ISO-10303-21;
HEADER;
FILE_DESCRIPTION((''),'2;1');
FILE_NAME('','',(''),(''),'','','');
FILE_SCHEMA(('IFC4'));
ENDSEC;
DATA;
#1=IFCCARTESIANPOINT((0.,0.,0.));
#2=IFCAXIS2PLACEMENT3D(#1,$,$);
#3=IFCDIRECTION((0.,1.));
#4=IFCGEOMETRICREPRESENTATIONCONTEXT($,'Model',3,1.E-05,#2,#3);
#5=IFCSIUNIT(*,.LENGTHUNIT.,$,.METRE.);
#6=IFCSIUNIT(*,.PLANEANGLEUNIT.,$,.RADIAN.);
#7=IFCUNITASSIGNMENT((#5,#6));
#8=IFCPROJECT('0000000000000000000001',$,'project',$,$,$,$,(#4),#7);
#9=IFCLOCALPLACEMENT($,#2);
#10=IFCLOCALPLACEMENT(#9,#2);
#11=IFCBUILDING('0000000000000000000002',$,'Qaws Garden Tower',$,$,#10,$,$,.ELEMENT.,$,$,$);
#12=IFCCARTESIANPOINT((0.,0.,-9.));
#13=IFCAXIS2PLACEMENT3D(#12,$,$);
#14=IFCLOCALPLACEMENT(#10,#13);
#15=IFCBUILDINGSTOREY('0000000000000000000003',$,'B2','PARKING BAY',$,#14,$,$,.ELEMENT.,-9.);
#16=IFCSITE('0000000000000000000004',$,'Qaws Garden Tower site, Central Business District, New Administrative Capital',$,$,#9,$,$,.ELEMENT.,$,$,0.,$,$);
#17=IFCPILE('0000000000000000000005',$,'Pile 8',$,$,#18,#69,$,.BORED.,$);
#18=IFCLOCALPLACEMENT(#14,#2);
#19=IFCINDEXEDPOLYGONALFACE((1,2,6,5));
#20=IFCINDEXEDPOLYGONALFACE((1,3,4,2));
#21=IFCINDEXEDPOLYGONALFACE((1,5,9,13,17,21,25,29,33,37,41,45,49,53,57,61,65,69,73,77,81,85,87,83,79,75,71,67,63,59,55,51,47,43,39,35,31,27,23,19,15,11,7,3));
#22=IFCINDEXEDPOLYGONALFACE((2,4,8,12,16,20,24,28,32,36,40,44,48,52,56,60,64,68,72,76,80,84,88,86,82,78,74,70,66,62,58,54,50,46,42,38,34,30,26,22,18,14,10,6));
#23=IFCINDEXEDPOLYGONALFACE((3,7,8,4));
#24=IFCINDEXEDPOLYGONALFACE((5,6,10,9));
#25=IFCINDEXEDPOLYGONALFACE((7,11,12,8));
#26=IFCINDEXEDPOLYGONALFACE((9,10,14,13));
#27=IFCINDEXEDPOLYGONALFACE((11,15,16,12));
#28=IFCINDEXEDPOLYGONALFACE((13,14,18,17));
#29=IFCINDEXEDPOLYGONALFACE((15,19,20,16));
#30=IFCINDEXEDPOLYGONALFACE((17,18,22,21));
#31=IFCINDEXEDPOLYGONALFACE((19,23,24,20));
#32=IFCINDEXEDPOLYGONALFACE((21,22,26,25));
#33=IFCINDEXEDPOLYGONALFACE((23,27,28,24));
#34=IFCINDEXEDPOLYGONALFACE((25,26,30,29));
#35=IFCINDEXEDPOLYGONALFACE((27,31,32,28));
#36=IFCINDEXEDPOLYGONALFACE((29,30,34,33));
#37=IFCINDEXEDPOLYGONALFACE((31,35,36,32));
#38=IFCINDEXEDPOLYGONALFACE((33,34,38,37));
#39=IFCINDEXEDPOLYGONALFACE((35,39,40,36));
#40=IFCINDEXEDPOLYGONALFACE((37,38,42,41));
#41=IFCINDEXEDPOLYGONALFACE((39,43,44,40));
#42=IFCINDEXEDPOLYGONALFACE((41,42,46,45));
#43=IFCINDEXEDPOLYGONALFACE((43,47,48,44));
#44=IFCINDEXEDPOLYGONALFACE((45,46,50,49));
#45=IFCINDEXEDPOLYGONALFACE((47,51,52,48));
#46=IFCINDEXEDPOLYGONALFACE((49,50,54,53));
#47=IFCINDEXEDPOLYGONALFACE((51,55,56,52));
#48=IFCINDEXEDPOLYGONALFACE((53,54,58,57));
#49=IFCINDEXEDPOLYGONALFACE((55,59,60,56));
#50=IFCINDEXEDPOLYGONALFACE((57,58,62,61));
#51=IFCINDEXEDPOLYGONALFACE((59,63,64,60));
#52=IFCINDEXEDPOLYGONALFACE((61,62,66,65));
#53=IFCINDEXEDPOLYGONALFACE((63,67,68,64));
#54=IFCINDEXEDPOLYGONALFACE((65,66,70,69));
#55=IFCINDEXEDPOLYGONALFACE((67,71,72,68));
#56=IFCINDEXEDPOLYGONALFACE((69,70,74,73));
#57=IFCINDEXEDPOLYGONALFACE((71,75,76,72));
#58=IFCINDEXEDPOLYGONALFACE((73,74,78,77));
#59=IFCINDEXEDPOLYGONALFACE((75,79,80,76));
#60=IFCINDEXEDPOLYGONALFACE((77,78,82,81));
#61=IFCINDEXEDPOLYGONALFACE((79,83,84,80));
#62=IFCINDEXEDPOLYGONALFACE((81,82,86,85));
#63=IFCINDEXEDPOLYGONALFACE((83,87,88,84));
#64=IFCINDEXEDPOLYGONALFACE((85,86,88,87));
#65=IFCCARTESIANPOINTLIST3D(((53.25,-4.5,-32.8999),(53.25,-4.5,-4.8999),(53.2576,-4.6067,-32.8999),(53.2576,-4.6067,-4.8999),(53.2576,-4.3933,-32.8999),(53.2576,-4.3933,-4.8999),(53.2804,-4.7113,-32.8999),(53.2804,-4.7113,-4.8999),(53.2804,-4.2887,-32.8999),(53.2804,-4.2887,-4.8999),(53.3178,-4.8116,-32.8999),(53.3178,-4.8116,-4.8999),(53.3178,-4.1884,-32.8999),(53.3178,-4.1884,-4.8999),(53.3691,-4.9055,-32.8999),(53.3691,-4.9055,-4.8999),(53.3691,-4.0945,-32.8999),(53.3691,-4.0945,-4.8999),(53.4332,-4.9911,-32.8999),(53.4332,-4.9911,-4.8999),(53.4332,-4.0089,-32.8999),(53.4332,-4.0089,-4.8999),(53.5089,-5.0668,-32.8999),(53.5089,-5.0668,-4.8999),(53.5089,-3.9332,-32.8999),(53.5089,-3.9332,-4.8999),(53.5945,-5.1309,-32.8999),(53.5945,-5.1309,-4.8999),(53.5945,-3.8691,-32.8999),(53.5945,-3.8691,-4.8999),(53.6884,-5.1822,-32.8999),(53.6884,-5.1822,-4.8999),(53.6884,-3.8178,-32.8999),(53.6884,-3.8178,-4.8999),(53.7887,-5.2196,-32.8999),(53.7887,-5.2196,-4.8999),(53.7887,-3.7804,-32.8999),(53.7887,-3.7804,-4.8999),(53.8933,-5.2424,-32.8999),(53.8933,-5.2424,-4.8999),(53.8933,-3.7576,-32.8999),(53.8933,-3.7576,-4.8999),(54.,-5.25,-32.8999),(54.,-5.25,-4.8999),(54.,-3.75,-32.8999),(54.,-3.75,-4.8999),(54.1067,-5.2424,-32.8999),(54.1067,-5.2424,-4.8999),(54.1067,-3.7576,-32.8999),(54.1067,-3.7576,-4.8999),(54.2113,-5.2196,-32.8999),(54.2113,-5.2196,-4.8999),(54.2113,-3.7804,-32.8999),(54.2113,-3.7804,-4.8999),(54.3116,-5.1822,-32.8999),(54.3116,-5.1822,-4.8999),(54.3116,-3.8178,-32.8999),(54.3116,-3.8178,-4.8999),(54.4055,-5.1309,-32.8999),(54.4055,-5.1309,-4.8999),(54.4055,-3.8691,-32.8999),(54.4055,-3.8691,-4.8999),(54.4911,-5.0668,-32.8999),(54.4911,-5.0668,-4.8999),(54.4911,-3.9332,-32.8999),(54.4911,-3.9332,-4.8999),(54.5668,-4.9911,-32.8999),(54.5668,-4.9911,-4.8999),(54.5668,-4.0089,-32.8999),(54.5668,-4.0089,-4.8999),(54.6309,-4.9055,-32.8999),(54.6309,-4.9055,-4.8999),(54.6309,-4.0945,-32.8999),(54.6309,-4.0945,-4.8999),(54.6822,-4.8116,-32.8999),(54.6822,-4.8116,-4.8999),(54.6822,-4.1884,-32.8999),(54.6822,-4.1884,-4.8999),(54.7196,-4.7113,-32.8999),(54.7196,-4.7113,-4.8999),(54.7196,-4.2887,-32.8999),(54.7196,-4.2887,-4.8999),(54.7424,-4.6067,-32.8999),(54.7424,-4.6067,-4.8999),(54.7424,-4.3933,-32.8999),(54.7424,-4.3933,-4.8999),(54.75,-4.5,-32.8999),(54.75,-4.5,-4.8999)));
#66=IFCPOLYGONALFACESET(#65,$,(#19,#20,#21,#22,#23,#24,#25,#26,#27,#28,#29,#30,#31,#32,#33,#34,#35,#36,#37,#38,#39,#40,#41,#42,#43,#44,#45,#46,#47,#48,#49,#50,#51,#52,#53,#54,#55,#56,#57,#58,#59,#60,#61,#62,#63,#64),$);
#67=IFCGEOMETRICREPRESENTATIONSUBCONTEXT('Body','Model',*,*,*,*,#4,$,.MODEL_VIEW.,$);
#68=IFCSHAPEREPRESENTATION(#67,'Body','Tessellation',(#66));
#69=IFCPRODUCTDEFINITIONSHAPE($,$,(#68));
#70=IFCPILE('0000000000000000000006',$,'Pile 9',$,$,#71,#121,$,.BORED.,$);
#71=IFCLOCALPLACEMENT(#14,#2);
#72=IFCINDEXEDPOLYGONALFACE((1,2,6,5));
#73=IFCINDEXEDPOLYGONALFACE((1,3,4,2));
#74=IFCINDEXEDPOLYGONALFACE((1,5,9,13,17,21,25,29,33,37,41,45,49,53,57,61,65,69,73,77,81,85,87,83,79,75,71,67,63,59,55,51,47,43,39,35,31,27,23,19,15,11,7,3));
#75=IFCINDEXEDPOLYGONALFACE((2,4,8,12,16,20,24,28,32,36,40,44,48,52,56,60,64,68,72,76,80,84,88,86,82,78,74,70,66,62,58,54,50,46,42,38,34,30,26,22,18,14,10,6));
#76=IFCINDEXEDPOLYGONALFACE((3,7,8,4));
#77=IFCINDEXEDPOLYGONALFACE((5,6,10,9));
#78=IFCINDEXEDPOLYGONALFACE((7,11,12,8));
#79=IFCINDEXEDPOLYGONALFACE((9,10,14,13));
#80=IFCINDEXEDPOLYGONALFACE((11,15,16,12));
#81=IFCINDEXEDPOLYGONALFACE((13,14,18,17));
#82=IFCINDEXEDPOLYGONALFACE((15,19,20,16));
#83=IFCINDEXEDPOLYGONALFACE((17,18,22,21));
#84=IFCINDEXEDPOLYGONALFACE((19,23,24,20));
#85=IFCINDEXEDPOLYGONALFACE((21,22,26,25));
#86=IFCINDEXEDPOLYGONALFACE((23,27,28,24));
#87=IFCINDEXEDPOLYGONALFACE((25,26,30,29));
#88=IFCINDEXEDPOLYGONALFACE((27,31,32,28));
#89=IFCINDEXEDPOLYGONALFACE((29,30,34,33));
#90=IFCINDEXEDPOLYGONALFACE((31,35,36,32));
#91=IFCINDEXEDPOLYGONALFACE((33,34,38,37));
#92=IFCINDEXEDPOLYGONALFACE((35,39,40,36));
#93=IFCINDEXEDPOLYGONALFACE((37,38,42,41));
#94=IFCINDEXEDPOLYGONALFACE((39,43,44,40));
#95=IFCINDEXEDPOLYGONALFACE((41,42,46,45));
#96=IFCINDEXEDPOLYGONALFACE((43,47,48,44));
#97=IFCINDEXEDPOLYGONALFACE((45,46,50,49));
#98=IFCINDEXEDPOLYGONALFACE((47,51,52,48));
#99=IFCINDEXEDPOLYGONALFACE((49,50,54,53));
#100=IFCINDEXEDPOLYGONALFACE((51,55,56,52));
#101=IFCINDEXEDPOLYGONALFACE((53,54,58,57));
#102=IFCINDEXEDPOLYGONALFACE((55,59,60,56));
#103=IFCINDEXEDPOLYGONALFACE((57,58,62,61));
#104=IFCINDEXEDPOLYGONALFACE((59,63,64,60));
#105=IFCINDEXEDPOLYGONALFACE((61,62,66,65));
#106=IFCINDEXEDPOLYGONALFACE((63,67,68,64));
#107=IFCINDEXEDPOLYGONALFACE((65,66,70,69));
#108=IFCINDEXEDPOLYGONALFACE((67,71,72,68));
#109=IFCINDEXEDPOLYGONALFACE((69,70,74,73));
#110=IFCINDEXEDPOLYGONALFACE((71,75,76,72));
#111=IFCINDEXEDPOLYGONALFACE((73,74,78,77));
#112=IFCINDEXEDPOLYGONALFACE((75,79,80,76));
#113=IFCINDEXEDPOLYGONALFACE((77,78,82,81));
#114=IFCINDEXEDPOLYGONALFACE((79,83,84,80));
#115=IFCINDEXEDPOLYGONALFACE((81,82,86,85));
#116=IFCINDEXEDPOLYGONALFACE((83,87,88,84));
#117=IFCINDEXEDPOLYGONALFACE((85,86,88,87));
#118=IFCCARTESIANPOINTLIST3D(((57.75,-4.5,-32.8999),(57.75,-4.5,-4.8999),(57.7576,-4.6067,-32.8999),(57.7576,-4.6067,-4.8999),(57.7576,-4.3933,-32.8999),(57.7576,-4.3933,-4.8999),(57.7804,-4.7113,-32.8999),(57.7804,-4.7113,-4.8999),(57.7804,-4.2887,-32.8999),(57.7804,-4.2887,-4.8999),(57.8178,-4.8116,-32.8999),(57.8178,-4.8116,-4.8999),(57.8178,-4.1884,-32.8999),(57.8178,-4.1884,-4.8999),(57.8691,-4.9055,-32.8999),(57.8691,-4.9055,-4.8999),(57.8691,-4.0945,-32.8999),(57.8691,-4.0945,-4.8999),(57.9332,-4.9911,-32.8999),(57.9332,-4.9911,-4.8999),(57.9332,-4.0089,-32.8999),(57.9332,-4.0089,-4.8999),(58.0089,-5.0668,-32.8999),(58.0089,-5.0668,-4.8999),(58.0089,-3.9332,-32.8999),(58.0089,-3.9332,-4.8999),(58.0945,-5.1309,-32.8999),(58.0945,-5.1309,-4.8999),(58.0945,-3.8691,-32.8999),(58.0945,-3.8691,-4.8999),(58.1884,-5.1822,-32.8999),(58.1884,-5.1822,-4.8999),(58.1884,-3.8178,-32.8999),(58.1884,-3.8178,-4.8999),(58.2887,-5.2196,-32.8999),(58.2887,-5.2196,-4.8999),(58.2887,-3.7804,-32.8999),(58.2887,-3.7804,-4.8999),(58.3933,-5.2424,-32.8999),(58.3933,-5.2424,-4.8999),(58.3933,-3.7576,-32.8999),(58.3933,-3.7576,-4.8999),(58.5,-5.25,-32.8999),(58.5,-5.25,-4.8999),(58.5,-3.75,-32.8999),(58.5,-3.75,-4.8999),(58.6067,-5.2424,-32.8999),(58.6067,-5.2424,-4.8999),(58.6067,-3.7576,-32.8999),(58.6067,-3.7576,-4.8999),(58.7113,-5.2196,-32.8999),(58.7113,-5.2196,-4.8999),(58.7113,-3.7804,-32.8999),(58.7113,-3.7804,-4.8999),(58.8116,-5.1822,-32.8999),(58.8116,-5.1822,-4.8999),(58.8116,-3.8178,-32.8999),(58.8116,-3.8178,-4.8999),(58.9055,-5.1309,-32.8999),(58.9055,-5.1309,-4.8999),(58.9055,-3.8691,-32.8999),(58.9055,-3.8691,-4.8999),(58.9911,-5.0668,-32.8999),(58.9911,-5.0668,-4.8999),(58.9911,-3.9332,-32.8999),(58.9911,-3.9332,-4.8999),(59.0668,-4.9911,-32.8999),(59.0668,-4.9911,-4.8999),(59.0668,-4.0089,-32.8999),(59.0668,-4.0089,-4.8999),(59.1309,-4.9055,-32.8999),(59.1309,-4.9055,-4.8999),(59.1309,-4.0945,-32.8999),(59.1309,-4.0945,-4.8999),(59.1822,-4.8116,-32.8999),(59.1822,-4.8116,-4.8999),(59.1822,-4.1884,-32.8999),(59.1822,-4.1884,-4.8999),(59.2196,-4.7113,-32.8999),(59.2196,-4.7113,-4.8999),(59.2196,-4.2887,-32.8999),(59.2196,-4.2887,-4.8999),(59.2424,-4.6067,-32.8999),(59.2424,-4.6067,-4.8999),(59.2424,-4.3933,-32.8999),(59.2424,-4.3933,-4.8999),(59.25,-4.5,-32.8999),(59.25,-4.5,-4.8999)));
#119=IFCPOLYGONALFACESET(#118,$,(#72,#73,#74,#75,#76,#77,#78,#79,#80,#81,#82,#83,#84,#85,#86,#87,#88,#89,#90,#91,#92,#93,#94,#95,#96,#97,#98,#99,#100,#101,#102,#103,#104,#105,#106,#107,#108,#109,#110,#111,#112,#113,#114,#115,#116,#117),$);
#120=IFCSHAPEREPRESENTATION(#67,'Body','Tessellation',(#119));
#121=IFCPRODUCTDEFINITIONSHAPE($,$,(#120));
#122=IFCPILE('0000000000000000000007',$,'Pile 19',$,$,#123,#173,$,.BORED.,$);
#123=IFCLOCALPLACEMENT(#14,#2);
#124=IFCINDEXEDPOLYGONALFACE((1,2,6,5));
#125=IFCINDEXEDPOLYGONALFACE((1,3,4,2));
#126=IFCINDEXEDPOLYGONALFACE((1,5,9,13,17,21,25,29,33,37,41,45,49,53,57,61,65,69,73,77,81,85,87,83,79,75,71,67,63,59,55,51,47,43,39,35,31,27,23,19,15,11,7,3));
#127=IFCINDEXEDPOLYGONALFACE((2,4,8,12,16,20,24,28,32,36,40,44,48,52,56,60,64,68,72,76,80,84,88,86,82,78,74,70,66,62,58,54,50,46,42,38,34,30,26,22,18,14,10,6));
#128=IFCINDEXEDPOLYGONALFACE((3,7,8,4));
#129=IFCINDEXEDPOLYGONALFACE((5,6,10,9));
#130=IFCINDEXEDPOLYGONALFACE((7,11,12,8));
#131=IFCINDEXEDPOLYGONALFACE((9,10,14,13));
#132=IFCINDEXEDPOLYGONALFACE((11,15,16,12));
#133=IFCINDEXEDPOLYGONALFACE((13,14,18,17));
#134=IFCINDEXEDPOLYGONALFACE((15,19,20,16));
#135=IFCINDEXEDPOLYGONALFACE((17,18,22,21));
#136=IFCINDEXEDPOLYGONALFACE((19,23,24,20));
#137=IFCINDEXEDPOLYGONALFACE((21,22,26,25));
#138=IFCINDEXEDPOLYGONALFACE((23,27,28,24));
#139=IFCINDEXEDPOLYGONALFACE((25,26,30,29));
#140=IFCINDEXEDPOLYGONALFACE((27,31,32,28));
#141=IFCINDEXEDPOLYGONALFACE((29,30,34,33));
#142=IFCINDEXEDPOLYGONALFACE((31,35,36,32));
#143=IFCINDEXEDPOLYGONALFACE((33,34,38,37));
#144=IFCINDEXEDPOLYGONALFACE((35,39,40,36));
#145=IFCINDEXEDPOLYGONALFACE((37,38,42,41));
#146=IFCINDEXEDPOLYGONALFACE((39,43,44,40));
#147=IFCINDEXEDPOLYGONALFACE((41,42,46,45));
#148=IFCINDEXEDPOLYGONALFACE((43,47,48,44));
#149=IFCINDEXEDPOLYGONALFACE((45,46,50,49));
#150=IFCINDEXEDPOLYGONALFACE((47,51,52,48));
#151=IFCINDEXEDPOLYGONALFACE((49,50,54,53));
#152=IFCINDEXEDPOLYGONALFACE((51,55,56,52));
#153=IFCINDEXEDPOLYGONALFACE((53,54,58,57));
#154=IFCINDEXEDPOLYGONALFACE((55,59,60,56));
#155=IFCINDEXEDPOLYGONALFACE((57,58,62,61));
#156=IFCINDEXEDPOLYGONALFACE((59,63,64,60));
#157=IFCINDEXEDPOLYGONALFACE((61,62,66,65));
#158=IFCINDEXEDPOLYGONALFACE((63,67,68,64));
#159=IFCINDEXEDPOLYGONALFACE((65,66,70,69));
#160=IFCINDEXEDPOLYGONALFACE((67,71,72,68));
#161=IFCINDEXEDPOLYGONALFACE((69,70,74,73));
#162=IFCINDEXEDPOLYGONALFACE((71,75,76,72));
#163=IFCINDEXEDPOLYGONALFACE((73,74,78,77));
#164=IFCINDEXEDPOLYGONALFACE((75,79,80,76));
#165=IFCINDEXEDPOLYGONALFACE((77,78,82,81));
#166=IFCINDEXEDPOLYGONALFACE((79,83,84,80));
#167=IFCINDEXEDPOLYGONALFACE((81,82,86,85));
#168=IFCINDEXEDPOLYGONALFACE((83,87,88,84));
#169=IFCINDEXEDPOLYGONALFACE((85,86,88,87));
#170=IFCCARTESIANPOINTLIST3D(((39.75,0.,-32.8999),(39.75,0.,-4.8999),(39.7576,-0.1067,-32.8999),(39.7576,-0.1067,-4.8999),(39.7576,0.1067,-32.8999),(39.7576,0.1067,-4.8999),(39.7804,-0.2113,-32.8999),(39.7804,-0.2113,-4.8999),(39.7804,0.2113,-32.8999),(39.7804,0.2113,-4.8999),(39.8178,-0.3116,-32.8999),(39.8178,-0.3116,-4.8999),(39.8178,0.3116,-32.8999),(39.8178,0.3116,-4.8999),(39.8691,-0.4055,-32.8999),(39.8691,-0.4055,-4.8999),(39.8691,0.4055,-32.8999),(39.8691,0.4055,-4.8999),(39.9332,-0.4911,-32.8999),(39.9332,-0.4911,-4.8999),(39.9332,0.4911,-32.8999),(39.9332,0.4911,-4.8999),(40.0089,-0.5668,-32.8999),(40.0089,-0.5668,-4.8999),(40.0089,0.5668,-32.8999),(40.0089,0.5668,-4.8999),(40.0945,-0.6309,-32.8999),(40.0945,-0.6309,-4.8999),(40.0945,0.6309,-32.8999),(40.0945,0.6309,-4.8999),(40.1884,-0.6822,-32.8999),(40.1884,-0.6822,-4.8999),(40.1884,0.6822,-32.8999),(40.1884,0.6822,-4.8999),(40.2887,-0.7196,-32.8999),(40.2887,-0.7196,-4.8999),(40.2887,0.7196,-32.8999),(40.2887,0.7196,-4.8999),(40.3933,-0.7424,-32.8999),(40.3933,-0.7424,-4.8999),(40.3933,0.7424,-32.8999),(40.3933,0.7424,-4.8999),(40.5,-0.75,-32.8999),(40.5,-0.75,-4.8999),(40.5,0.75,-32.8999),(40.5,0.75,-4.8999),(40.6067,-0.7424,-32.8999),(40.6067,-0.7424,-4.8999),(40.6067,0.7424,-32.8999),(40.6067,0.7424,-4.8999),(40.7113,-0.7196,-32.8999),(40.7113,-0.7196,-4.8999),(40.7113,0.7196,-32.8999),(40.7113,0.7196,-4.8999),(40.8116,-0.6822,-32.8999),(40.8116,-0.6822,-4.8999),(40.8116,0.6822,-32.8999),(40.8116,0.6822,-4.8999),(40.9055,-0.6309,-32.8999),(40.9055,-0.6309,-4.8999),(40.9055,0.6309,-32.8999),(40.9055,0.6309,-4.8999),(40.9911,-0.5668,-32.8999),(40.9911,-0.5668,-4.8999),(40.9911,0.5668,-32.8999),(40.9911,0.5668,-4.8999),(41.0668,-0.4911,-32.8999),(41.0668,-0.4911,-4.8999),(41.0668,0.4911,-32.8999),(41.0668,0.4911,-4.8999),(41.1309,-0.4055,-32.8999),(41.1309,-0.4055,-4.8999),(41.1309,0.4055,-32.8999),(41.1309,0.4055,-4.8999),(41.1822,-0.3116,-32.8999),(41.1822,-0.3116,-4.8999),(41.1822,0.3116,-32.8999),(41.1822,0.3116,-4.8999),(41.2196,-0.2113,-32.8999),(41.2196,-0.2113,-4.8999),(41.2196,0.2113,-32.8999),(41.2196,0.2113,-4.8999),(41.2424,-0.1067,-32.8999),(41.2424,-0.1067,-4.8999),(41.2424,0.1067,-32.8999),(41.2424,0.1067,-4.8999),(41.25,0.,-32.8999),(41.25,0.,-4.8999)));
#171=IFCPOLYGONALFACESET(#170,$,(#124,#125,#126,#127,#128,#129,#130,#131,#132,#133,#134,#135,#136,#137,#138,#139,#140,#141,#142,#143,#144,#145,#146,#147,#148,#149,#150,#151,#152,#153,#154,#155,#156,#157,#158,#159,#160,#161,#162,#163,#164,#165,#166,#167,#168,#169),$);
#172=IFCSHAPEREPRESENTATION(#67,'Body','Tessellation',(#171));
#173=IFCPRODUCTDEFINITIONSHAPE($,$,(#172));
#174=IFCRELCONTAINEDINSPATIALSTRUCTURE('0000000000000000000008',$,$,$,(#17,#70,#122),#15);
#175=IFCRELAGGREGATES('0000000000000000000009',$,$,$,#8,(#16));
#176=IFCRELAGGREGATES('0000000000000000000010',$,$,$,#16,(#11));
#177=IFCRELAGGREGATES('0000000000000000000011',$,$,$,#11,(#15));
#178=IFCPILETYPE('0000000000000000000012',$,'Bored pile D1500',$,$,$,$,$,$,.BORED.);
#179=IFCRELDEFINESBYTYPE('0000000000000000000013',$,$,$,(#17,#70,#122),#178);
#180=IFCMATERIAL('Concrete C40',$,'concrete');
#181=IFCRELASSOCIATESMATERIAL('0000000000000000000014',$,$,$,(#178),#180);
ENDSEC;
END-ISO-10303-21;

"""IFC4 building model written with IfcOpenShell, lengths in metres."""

from ifc_helpers import new_model, si_unit, direction, frame, origin, origin_2d, place, context, subcontext, project, spatial, circle, extrude, material, material_profile, profile_set, type_object, element, save


model = new_model("IFC4")

# Units and contexts
model_context = context("Model", 3, precision=1e-05, world=origin(), true_north=direction((0.0, 1.0)))
body_context = subcontext(model_context, "Body", "Model", "MODEL_VIEW")
ifc_project = project(units=[si_unit("LENGTHUNIT", "METRE"), si_unit("PLANEANGLEUNIT", "RADIAN")], contexts=[model_context])

# Site, building, storey
site_placement = place(None, origin())
site = spatial("IfcSite", under=ifc_project, at=site_placement, Name="Qaws Garden Tower site, Central Business District, New Administrative Capital", CompositionType="ELEMENT", RefElevation=0.0)
building_placement = place(site_placement, origin())
building = spatial("IfcBuilding", under=site, at=building_placement, Name="Qaws Garden Tower", CompositionType="ELEMENT")
storey_placement = place(building_placement, frame((0.0, 0.0, -9.0)))
storey = spatial("IfcBuildingStorey", under=building, at=storey_placement, Name="B2", Description="PARKING BAY", CompositionType="ELEMENT", Elevation=-9.0)

# Piles
ifc_material_1 = material(Name="Concrete C40", Category="concrete")
ifc_material_profile_1 = material_profile(ifc_material_1, circle(Radius=0.75, at=origin_2d()), Name="Bored pile D1500")
ifc_profile_set_1 = profile_set([ifc_material_profile_1], Name="Concrete C40")
pile_type = type_object("IfcPileType", Name="Bored pile D1500", PredefinedType="BORED", material=ifc_profile_set_1)
for number, where, z_axis, x_axis, name in (
    (1, (54.0, -4.5, -4.8999), (0.0, 0.0, -1.0), (1.0, 0.0, 0.0), "Pile 8"),
    (2, (58.5, -4.5, -4.8999), (0.0, 0.0, -1.0), (1.0, 0.0, 0.0), "Pile 9"),
    (3, (40.5, 0.0, -4.8999), (0.0, 0.0, -1.0), (1.0, 0.0, 0.0), "Pile 19"),
):
    element("IfcPile", number, at=place(storey_placement, frame(where, z_axis=z_axis, x_axis=x_axis)), inside=storey, type_object=pile_type, Name=name, PredefinedType="BORED", context=body_context, shape_type="SweptSolid", body=[
        extrude(circle(Radius=0.75, at=origin_2d()), origin(), (0.0, 0.0, 1.0), 28.0),
    ])

save(model, "model.ifc")
